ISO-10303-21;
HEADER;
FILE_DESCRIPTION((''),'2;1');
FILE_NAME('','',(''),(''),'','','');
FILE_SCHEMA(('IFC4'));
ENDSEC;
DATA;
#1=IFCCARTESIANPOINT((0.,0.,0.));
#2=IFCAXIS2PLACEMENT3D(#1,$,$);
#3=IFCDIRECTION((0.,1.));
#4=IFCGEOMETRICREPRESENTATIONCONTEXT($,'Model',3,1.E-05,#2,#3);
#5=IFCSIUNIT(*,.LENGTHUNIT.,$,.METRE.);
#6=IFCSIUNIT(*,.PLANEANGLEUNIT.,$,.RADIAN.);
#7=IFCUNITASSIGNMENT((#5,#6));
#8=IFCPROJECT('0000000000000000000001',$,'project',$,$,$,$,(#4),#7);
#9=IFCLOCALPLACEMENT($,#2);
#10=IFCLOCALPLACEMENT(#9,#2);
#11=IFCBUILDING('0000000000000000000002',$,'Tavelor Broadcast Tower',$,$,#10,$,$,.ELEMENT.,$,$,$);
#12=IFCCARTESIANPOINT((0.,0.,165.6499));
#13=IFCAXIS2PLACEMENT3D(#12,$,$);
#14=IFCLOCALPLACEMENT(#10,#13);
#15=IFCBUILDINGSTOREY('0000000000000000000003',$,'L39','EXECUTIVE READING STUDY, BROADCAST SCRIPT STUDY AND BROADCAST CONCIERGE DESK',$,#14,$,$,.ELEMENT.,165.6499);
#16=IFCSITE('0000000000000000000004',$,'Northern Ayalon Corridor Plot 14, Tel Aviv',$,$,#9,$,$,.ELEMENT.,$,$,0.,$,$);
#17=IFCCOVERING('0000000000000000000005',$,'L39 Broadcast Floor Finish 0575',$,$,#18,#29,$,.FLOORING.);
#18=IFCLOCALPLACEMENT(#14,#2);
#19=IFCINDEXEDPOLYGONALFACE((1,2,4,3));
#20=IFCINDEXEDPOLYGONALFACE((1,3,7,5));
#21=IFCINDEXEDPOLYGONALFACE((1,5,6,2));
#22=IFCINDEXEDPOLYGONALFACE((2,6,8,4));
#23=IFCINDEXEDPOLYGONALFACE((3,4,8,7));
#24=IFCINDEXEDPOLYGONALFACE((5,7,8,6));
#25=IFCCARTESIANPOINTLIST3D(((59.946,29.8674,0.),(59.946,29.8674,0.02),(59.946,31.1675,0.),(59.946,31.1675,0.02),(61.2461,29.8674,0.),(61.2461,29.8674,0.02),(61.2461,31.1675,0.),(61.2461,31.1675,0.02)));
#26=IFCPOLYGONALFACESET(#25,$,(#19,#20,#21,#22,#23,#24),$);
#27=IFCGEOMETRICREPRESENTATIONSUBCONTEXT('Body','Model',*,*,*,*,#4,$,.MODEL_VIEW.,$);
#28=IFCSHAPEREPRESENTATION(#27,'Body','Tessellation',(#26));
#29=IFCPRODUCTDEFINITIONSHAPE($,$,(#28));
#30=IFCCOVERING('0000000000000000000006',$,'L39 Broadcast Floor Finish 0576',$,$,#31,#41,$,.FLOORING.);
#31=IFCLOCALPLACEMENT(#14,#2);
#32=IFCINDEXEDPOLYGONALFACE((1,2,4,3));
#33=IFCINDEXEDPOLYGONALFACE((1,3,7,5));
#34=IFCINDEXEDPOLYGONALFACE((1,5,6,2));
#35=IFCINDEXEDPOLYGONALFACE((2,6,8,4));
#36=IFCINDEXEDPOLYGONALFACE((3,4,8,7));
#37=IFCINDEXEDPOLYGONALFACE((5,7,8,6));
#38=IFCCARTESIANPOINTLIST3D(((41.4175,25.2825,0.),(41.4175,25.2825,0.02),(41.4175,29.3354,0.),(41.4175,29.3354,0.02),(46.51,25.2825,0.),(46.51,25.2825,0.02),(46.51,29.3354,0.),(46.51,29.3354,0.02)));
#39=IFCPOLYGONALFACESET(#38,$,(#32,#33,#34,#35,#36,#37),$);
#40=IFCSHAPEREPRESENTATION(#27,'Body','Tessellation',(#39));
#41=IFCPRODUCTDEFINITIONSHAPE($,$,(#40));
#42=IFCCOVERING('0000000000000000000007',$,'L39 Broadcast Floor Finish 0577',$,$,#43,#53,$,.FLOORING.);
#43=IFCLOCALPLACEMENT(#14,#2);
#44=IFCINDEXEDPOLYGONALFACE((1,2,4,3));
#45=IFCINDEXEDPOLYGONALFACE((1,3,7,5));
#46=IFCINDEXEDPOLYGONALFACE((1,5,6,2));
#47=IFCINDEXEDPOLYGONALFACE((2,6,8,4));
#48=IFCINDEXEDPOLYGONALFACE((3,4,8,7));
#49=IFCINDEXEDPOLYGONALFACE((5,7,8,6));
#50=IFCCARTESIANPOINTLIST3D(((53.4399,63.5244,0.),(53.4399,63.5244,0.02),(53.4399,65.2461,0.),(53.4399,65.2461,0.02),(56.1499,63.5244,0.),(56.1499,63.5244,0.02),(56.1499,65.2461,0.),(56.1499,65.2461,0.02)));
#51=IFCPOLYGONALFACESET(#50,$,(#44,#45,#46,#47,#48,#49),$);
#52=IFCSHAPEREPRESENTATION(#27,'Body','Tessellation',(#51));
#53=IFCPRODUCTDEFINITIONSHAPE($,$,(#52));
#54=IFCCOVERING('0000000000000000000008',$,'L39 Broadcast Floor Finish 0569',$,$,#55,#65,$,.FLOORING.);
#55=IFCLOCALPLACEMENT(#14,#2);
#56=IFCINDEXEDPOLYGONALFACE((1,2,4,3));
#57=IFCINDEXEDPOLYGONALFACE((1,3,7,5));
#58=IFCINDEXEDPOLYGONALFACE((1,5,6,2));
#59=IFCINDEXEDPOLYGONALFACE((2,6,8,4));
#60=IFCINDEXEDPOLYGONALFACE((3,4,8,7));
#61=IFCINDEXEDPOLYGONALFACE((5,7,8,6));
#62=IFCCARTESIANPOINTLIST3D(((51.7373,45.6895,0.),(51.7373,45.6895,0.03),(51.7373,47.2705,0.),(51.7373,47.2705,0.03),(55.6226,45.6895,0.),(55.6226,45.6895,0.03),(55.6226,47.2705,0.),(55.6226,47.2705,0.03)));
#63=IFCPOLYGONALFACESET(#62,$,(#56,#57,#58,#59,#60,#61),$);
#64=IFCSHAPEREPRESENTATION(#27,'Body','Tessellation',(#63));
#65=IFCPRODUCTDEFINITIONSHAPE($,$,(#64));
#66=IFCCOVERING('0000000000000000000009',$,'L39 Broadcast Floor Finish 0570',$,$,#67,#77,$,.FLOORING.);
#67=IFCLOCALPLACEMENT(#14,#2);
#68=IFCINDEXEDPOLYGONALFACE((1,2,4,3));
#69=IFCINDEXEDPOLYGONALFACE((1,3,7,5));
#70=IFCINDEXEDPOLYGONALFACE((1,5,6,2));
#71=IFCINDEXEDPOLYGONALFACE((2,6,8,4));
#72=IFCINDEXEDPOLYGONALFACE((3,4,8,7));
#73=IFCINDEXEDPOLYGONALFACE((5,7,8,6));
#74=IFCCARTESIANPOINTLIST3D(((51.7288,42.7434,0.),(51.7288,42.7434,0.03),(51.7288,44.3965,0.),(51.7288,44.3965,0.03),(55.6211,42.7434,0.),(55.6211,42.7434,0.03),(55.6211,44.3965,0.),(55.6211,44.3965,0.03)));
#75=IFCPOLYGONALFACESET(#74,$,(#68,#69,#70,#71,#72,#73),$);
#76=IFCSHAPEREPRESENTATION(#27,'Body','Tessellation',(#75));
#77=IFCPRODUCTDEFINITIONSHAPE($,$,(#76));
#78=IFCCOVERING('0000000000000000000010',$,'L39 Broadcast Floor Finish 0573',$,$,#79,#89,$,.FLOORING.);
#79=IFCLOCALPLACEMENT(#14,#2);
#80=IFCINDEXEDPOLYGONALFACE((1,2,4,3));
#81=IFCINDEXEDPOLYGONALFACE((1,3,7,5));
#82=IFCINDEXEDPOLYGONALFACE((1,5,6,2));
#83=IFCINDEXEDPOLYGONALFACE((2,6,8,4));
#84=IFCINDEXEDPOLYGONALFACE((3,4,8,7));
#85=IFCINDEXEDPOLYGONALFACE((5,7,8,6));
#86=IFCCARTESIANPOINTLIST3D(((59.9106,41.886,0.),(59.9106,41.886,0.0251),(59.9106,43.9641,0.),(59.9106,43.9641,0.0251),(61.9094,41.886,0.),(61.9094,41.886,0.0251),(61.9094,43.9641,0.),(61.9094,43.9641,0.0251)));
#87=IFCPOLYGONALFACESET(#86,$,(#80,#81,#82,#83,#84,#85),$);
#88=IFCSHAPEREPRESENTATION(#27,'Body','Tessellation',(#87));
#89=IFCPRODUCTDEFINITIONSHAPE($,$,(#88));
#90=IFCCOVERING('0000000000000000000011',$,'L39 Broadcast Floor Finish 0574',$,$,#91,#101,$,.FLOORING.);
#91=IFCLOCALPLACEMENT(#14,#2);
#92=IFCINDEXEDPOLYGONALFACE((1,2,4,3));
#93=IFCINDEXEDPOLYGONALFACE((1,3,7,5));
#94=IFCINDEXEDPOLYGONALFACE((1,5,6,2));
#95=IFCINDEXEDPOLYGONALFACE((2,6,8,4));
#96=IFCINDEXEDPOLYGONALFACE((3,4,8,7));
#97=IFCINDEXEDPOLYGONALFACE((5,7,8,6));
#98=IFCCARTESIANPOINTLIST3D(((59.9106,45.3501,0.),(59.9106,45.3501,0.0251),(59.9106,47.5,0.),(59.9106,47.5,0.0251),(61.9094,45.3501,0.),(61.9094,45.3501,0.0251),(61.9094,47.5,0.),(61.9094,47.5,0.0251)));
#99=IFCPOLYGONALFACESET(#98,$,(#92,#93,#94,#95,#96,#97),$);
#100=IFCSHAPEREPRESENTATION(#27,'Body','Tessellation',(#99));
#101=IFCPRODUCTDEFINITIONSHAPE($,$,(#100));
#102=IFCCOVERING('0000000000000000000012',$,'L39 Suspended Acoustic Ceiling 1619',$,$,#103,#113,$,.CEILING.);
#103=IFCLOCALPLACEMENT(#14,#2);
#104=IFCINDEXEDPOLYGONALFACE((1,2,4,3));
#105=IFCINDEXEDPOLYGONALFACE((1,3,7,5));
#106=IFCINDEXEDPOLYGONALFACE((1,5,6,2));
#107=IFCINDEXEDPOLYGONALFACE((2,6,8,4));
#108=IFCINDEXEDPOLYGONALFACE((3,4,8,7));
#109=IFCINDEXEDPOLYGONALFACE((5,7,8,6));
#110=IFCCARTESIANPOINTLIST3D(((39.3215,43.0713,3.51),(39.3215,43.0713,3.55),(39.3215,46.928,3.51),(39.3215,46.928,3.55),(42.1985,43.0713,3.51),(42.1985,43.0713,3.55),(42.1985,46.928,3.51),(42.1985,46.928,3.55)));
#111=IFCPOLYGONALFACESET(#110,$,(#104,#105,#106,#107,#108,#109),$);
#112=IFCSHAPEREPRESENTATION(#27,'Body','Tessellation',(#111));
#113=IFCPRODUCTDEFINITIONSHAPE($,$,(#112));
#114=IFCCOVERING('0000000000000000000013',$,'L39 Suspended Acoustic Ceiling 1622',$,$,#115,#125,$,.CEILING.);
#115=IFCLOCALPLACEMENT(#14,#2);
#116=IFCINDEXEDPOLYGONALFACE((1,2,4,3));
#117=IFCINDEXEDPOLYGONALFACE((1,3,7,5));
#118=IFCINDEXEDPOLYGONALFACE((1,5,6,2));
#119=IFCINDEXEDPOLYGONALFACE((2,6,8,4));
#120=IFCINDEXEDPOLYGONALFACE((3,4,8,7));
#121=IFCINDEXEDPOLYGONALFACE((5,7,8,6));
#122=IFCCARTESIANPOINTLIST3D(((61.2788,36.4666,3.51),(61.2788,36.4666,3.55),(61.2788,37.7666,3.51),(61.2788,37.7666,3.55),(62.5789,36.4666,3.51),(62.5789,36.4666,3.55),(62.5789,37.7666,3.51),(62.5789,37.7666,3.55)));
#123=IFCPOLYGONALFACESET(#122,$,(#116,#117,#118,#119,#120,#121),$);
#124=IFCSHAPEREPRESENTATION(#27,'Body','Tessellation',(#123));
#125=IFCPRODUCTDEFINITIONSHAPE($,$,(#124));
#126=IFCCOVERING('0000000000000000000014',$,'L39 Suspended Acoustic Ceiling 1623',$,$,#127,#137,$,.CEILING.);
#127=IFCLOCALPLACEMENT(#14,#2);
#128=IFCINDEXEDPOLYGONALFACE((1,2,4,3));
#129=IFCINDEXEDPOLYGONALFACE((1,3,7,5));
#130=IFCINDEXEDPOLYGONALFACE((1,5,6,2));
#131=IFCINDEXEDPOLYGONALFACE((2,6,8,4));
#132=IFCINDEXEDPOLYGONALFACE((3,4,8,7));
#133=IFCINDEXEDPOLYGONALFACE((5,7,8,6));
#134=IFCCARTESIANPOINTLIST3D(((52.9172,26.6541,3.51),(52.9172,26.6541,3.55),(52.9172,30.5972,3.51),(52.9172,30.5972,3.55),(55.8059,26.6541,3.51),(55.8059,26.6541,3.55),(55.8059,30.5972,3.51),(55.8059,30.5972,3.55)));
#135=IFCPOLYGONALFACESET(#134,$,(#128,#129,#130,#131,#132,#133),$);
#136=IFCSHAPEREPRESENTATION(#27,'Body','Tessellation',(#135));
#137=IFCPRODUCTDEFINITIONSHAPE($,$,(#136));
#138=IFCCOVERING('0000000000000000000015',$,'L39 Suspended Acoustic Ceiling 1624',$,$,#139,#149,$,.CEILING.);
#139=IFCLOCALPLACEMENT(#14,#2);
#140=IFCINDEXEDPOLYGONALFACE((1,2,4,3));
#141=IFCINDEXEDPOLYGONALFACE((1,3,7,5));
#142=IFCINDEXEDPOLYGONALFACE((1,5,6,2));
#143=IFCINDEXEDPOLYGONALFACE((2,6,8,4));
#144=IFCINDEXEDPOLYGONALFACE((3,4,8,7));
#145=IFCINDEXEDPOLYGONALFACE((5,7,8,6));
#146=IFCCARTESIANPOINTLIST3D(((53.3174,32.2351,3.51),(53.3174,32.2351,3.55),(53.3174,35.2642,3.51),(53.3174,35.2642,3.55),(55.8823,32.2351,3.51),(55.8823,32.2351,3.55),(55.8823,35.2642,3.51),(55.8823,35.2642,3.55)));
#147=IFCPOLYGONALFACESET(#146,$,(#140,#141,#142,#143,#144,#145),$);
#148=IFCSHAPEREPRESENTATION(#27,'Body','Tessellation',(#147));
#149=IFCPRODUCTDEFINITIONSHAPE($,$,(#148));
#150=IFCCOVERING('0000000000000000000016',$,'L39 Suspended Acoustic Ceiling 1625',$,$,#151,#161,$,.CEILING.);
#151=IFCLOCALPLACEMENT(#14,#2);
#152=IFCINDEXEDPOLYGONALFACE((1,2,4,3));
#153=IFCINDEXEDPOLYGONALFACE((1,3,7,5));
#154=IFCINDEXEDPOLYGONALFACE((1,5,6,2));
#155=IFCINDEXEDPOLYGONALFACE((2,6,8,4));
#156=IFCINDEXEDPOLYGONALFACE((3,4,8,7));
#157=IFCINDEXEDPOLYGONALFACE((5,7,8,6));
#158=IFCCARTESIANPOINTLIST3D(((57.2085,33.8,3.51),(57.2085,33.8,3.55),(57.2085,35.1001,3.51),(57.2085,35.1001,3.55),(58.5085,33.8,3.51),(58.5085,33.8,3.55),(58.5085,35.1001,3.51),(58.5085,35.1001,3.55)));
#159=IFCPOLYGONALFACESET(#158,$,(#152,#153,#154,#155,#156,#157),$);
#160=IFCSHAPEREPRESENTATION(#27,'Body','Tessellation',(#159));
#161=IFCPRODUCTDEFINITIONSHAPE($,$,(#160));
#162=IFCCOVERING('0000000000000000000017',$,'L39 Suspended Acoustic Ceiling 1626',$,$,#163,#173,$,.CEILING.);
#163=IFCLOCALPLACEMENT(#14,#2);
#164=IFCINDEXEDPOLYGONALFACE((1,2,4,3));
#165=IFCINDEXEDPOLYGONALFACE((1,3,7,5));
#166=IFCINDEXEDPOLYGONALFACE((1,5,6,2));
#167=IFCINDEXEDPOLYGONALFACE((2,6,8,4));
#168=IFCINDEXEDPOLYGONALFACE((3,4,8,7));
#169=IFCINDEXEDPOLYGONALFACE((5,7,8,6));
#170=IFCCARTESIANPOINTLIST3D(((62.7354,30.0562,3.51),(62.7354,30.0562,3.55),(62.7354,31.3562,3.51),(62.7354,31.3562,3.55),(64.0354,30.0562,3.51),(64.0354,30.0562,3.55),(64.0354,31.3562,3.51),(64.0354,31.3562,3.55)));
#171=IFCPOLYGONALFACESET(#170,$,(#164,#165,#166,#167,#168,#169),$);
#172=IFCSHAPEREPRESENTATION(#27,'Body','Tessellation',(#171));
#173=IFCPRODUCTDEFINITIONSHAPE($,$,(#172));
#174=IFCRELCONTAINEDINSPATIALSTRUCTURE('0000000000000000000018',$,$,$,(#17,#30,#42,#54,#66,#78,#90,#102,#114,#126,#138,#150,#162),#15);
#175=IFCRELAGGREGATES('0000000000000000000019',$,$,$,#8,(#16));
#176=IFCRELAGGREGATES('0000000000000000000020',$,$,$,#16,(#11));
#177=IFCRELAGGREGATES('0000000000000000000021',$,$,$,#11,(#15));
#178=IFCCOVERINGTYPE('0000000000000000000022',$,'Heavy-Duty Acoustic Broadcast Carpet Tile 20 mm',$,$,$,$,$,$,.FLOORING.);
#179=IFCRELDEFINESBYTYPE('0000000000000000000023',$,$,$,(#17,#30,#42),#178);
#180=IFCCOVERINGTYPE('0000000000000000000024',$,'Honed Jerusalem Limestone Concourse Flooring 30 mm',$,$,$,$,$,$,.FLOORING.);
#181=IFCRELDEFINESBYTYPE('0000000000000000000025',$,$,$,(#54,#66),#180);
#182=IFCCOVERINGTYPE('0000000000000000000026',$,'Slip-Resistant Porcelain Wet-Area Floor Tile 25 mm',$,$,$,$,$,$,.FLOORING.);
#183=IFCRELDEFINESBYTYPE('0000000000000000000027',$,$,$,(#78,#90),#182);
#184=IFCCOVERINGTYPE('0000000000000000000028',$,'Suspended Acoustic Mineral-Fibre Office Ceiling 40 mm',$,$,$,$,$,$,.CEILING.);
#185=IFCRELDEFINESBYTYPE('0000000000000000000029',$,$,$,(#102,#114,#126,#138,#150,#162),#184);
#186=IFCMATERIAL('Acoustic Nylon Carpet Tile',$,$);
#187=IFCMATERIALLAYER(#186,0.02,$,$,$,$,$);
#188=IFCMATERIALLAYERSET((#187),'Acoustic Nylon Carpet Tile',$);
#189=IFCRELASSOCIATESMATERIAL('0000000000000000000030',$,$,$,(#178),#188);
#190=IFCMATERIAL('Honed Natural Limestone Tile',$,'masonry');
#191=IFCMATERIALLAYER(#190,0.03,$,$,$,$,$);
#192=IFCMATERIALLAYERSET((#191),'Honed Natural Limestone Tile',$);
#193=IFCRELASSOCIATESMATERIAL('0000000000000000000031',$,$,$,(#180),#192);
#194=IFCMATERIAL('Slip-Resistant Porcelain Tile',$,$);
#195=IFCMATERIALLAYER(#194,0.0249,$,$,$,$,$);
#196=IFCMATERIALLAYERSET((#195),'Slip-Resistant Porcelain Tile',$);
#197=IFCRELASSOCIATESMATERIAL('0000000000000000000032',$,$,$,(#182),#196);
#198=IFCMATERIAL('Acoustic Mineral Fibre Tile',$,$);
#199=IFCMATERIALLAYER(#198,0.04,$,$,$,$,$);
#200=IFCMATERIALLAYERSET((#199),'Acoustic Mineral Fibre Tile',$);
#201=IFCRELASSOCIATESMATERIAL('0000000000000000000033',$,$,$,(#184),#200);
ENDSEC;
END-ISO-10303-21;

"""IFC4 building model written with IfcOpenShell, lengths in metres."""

from ifc_helpers import new_model, si_unit, direction, frame, origin, place, context, subcontext, project, spatial, polyline, outline, extrude, material, layer, layer_set, type_object, element, save


model = new_model("IFC4")

# Units and contexts
model_context = context("Model", 3, precision=1e-05, world=origin(), true_north=direction((0.0, 1.0)))
body_context = subcontext(model_context, "Body", "Model", "MODEL_VIEW")
ifc_project = project(units=[si_unit("LENGTHUNIT", "METRE"), si_unit("PLANEANGLEUNIT", "RADIAN")], contexts=[model_context])

# Site, building, storey
site_placement = place(None, origin())
site = spatial("IfcSite", under=ifc_project, at=site_placement, Name="Northern Ayalon Corridor Plot 14, Tel Aviv", CompositionType="ELEMENT", RefElevation=0.0)
building_placement = place(site_placement, origin())
building = spatial("IfcBuilding", under=site, at=building_placement, Name="Tavelor Broadcast Tower", CompositionType="ELEMENT")
storey_placement = place(building_placement, frame((0.0, 0.0, 165.6499)))
storey = spatial("IfcBuildingStorey", under=building, at=storey_placement, Name="L39", Description="EXECUTIVE READING STUDY, BROADCAST SCRIPT STUDY AND BROADCAST CONCIERGE DESK", CompositionType="ELEMENT", Elevation=165.6499)

# Coverings
ifc_material_1 = material(Name="Acoustic Nylon Carpet Tile")
ifc_layer_1 = layer(ifc_material_1, 0.02)
ifc_layer_set_1 = layer_set([ifc_layer_1], Name="Acoustic Nylon Carpet Tile")
covering_type_1 = type_object("IfcCoveringType", Name="Heavy-Duty Acoustic Broadcast Carpet Tile 20 mm", PredefinedType="FLOORING", material=ifc_layer_set_1)
covering_1_placement = place(storey_placement, origin())
element("IfcCovering", 1, at=covering_1_placement, inside=storey, type_object=covering_type_1, Name="L39 Broadcast Floor Finish 0575", PredefinedType="FLOORING", context=body_context, shape_type="SweptSolid", body=[
    extrude(outline(polyline([(59.946, 29.8674), (61.2461, 29.8674), (61.2461, 31.1675), (59.946, 31.1675), (59.946, 29.8674)])), origin(), (0.0, 0.0, 1.0), 0.02),
])
covering_2_placement = place(storey_placement, origin())
element("IfcCovering", 2, at=covering_2_placement, inside=storey, type_object=covering_type_1, Name="L39 Broadcast Floor Finish 0576", PredefinedType="FLOORING", context=body_context, shape_type="SweptSolid", body=[
    extrude(outline(polyline([(41.4175, 25.2825), (46.51, 25.2825), (46.51, 29.3354), (41.4175, 29.3354), (41.4175, 25.2825)])), origin(), (0.0, 0.0, 1.0), 0.02),
])
covering_3_placement = place(storey_placement, origin())
element("IfcCovering", 3, at=covering_3_placement, inside=storey, type_object=covering_type_1, Name="L39 Broadcast Floor Finish 0577", PredefinedType="FLOORING", context=body_context, shape_type="SweptSolid", body=[
    extrude(outline(polyline([(53.4399, 63.5244), (56.1499, 63.5244), (56.1499, 65.2461), (53.4399, 65.2461), (53.4399, 63.5244)])), origin(), (0.0, 0.0, 1.0), 0.02),
])
ifc_material_2 = material(Name="Honed Natural Limestone Tile", Category="masonry")
ifc_layer_2 = layer(ifc_material_2, 0.03)
ifc_layer_set_2 = layer_set([ifc_layer_2], Name="Honed Natural Limestone Tile")
covering_type_2 = type_object("IfcCoveringType", Name="Honed Jerusalem Limestone Concourse Flooring 30 mm", PredefinedType="FLOORING", material=ifc_layer_set_2)
covering_4_placement = place(storey_placement, origin())
element("IfcCovering", 4, at=covering_4_placement, inside=storey, type_object=covering_type_2, Name="L39 Broadcast Floor Finish 0569", PredefinedType="FLOORING", context=body_context, shape_type="SweptSolid", body=[
    extrude(outline(polyline([(51.7373, 45.6895), (55.6226, 45.6895), (55.6226, 47.2705), (51.7373, 47.2705), (51.7373, 45.6895)])), origin(), (0.0, 0.0, 1.0), 0.03),
])
covering_5_placement = place(storey_placement, origin())
element("IfcCovering", 5, at=covering_5_placement, inside=storey, type_object=covering_type_2, Name="L39 Broadcast Floor Finish 0570", PredefinedType="FLOORING", context=body_context, shape_type="SweptSolid", body=[
    extrude(outline(polyline([(51.7288, 42.7434), (55.6211, 42.7434), (55.6211, 44.3965), (51.7288, 44.3965), (51.7288, 42.7434)])), origin(), (0.0, 0.0, 1.0), 0.03),
])
ifc_material_3 = material(Name="Slip-Resistant Porcelain Tile")
ifc_layer_3 = layer(ifc_material_3, 0.0249)
ifc_layer_set_3 = layer_set([ifc_layer_3], Name="Slip-Resistant Porcelain Tile")
covering_type_3 = type_object("IfcCoveringType", Name="Slip-Resistant Porcelain Wet-Area Floor Tile 25 mm", PredefinedType="FLOORING", material=ifc_layer_set_3)
covering_6_placement = place(storey_placement, origin())
element("IfcCovering", 6, at=covering_6_placement, inside=storey, type_object=covering_type_3, Name="L39 Broadcast Floor Finish 0573", PredefinedType="FLOORING", context=body_context, shape_type="SweptSolid", body=[
    extrude(outline(polyline([(59.9106, 41.886), (61.9094, 41.886), (61.9094, 43.9641), (59.9106, 43.9641), (59.9106, 41.886)])), origin(), (0.0, 0.0, 1.0), 0.0251),
])
covering_7_placement = place(storey_placement, origin())
element("IfcCovering", 7, at=covering_7_placement, inside=storey, type_object=covering_type_3, Name="L39 Broadcast Floor Finish 0574", PredefinedType="FLOORING", context=body_context, shape_type="SweptSolid", body=[
    extrude(outline(polyline([(59.9106, 45.3501), (61.9094, 45.3501), (61.9094, 47.5), (59.9106, 47.5), (59.9106, 45.3501)])), origin(), (0.0, 0.0, 1.0), 0.0251),
])
ifc_material_4 = material(Name="Acoustic Mineral Fibre Tile")
ifc_layer_4 = layer(ifc_material_4, 0.04)
ifc_layer_set_4 = layer_set([ifc_layer_4], Name="Acoustic Mineral Fibre Tile")
covering_type_4 = type_object("IfcCoveringType", Name="Suspended Acoustic Mineral-Fibre Office Ceiling 40 mm", PredefinedType="CEILING", material=ifc_layer_set_4)
covering_8_placement = place(storey_placement, frame((0.0, 0.0, 3.51)))
element("IfcCovering", 8, at=covering_8_placement, inside=storey, type_object=covering_type_4, Name="L39 Suspended Acoustic Ceiling 1619", PredefinedType="CEILING", context=body_context, shape_type="SweptSolid", body=[
    extrude(outline(polyline([(39.3215, 43.0713), (42.1985, 43.0713), (42.1985, 46.928), (39.3215, 46.928), (39.3215, 43.0713)])), origin(), (0.0, 0.0, 1.0), 0.04),
])
covering_9_placement = place(storey_placement, frame((0.0, 0.0, 3.51)))
element("IfcCovering", 9, at=covering_9_placement, inside=storey, type_object=covering_type_4, Name="L39 Suspended Acoustic Ceiling 1622", PredefinedType="CEILING", context=body_context, shape_type="SweptSolid", body=[
    extrude(outline(polyline([(61.2788, 36.4666), (62.5789, 36.4666), (62.5789, 37.7666), (61.2788, 37.7666), (61.2788, 36.4666)])), origin(), (0.0, 0.0, 1.0), 0.04),
])
covering_10_placement = place(storey_placement, frame((0.0, 0.0, 3.51)))
element("IfcCovering", 10, at=covering_10_placement, inside=storey, type_object=covering_type_4, Name="L39 Suspended Acoustic Ceiling 1623", PredefinedType="CEILING", context=body_context, shape_type="SweptSolid", body=[
    extrude(outline(polyline([(52.9172, 26.6541), (55.8059, 26.6541), (55.8059, 30.5972), (52.9172, 30.5972), (52.9172, 26.6541)])), origin(), (0.0, 0.0, 1.0), 0.04),
])
covering_11_placement = place(storey_placement, frame((0.0, 0.0, 3.51)))
element("IfcCovering", 11, at=covering_11_placement, inside=storey, type_object=covering_type_4, Name="L39 Suspended Acoustic Ceiling 1624", PredefinedType="CEILING", context=body_context, shape_type="SweptSolid", body=[
    extrude(outline(polyline([(53.3174, 32.2351), (55.8823, 32.2351), (55.8823, 35.2642), (53.3174, 35.2642), (53.3174, 32.2351)])), origin(), (0.0, 0.0, 1.0), 0.04),
])
covering_12_placement = place(storey_placement, frame((0.0, 0.0, 3.51)))
element("IfcCovering", 12, at=covering_12_placement, inside=storey, type_object=covering_type_4, Name="L39 Suspended Acoustic Ceiling 1625", PredefinedType="CEILING", context=body_context, shape_type="SweptSolid", body=[
    extrude(outline(polyline([(57.2085, 33.8), (58.5085, 33.8), (58.5085, 35.1001), (57.2085, 35.1001), (57.2085, 33.8)])), origin(), (0.0, 0.0, 1.0), 0.04),
])
covering_13_placement = place(storey_placement, frame((0.0, 0.0, 3.51)))
element("IfcCovering", 13, at=covering_13_placement, inside=storey, type_object=covering_type_4, Name="L39 Suspended Acoustic Ceiling 1626", PredefinedType="CEILING", context=body_context, shape_type="SweptSolid", body=[
    extrude(outline(polyline([(62.7354, 30.0562), (64.0354, 30.0562), (64.0354, 31.3562), (62.7354, 31.3562), (62.7354, 30.0562)])), origin(), (0.0, 0.0, 1.0), 0.04),
])

save(model, "model.ifc")
